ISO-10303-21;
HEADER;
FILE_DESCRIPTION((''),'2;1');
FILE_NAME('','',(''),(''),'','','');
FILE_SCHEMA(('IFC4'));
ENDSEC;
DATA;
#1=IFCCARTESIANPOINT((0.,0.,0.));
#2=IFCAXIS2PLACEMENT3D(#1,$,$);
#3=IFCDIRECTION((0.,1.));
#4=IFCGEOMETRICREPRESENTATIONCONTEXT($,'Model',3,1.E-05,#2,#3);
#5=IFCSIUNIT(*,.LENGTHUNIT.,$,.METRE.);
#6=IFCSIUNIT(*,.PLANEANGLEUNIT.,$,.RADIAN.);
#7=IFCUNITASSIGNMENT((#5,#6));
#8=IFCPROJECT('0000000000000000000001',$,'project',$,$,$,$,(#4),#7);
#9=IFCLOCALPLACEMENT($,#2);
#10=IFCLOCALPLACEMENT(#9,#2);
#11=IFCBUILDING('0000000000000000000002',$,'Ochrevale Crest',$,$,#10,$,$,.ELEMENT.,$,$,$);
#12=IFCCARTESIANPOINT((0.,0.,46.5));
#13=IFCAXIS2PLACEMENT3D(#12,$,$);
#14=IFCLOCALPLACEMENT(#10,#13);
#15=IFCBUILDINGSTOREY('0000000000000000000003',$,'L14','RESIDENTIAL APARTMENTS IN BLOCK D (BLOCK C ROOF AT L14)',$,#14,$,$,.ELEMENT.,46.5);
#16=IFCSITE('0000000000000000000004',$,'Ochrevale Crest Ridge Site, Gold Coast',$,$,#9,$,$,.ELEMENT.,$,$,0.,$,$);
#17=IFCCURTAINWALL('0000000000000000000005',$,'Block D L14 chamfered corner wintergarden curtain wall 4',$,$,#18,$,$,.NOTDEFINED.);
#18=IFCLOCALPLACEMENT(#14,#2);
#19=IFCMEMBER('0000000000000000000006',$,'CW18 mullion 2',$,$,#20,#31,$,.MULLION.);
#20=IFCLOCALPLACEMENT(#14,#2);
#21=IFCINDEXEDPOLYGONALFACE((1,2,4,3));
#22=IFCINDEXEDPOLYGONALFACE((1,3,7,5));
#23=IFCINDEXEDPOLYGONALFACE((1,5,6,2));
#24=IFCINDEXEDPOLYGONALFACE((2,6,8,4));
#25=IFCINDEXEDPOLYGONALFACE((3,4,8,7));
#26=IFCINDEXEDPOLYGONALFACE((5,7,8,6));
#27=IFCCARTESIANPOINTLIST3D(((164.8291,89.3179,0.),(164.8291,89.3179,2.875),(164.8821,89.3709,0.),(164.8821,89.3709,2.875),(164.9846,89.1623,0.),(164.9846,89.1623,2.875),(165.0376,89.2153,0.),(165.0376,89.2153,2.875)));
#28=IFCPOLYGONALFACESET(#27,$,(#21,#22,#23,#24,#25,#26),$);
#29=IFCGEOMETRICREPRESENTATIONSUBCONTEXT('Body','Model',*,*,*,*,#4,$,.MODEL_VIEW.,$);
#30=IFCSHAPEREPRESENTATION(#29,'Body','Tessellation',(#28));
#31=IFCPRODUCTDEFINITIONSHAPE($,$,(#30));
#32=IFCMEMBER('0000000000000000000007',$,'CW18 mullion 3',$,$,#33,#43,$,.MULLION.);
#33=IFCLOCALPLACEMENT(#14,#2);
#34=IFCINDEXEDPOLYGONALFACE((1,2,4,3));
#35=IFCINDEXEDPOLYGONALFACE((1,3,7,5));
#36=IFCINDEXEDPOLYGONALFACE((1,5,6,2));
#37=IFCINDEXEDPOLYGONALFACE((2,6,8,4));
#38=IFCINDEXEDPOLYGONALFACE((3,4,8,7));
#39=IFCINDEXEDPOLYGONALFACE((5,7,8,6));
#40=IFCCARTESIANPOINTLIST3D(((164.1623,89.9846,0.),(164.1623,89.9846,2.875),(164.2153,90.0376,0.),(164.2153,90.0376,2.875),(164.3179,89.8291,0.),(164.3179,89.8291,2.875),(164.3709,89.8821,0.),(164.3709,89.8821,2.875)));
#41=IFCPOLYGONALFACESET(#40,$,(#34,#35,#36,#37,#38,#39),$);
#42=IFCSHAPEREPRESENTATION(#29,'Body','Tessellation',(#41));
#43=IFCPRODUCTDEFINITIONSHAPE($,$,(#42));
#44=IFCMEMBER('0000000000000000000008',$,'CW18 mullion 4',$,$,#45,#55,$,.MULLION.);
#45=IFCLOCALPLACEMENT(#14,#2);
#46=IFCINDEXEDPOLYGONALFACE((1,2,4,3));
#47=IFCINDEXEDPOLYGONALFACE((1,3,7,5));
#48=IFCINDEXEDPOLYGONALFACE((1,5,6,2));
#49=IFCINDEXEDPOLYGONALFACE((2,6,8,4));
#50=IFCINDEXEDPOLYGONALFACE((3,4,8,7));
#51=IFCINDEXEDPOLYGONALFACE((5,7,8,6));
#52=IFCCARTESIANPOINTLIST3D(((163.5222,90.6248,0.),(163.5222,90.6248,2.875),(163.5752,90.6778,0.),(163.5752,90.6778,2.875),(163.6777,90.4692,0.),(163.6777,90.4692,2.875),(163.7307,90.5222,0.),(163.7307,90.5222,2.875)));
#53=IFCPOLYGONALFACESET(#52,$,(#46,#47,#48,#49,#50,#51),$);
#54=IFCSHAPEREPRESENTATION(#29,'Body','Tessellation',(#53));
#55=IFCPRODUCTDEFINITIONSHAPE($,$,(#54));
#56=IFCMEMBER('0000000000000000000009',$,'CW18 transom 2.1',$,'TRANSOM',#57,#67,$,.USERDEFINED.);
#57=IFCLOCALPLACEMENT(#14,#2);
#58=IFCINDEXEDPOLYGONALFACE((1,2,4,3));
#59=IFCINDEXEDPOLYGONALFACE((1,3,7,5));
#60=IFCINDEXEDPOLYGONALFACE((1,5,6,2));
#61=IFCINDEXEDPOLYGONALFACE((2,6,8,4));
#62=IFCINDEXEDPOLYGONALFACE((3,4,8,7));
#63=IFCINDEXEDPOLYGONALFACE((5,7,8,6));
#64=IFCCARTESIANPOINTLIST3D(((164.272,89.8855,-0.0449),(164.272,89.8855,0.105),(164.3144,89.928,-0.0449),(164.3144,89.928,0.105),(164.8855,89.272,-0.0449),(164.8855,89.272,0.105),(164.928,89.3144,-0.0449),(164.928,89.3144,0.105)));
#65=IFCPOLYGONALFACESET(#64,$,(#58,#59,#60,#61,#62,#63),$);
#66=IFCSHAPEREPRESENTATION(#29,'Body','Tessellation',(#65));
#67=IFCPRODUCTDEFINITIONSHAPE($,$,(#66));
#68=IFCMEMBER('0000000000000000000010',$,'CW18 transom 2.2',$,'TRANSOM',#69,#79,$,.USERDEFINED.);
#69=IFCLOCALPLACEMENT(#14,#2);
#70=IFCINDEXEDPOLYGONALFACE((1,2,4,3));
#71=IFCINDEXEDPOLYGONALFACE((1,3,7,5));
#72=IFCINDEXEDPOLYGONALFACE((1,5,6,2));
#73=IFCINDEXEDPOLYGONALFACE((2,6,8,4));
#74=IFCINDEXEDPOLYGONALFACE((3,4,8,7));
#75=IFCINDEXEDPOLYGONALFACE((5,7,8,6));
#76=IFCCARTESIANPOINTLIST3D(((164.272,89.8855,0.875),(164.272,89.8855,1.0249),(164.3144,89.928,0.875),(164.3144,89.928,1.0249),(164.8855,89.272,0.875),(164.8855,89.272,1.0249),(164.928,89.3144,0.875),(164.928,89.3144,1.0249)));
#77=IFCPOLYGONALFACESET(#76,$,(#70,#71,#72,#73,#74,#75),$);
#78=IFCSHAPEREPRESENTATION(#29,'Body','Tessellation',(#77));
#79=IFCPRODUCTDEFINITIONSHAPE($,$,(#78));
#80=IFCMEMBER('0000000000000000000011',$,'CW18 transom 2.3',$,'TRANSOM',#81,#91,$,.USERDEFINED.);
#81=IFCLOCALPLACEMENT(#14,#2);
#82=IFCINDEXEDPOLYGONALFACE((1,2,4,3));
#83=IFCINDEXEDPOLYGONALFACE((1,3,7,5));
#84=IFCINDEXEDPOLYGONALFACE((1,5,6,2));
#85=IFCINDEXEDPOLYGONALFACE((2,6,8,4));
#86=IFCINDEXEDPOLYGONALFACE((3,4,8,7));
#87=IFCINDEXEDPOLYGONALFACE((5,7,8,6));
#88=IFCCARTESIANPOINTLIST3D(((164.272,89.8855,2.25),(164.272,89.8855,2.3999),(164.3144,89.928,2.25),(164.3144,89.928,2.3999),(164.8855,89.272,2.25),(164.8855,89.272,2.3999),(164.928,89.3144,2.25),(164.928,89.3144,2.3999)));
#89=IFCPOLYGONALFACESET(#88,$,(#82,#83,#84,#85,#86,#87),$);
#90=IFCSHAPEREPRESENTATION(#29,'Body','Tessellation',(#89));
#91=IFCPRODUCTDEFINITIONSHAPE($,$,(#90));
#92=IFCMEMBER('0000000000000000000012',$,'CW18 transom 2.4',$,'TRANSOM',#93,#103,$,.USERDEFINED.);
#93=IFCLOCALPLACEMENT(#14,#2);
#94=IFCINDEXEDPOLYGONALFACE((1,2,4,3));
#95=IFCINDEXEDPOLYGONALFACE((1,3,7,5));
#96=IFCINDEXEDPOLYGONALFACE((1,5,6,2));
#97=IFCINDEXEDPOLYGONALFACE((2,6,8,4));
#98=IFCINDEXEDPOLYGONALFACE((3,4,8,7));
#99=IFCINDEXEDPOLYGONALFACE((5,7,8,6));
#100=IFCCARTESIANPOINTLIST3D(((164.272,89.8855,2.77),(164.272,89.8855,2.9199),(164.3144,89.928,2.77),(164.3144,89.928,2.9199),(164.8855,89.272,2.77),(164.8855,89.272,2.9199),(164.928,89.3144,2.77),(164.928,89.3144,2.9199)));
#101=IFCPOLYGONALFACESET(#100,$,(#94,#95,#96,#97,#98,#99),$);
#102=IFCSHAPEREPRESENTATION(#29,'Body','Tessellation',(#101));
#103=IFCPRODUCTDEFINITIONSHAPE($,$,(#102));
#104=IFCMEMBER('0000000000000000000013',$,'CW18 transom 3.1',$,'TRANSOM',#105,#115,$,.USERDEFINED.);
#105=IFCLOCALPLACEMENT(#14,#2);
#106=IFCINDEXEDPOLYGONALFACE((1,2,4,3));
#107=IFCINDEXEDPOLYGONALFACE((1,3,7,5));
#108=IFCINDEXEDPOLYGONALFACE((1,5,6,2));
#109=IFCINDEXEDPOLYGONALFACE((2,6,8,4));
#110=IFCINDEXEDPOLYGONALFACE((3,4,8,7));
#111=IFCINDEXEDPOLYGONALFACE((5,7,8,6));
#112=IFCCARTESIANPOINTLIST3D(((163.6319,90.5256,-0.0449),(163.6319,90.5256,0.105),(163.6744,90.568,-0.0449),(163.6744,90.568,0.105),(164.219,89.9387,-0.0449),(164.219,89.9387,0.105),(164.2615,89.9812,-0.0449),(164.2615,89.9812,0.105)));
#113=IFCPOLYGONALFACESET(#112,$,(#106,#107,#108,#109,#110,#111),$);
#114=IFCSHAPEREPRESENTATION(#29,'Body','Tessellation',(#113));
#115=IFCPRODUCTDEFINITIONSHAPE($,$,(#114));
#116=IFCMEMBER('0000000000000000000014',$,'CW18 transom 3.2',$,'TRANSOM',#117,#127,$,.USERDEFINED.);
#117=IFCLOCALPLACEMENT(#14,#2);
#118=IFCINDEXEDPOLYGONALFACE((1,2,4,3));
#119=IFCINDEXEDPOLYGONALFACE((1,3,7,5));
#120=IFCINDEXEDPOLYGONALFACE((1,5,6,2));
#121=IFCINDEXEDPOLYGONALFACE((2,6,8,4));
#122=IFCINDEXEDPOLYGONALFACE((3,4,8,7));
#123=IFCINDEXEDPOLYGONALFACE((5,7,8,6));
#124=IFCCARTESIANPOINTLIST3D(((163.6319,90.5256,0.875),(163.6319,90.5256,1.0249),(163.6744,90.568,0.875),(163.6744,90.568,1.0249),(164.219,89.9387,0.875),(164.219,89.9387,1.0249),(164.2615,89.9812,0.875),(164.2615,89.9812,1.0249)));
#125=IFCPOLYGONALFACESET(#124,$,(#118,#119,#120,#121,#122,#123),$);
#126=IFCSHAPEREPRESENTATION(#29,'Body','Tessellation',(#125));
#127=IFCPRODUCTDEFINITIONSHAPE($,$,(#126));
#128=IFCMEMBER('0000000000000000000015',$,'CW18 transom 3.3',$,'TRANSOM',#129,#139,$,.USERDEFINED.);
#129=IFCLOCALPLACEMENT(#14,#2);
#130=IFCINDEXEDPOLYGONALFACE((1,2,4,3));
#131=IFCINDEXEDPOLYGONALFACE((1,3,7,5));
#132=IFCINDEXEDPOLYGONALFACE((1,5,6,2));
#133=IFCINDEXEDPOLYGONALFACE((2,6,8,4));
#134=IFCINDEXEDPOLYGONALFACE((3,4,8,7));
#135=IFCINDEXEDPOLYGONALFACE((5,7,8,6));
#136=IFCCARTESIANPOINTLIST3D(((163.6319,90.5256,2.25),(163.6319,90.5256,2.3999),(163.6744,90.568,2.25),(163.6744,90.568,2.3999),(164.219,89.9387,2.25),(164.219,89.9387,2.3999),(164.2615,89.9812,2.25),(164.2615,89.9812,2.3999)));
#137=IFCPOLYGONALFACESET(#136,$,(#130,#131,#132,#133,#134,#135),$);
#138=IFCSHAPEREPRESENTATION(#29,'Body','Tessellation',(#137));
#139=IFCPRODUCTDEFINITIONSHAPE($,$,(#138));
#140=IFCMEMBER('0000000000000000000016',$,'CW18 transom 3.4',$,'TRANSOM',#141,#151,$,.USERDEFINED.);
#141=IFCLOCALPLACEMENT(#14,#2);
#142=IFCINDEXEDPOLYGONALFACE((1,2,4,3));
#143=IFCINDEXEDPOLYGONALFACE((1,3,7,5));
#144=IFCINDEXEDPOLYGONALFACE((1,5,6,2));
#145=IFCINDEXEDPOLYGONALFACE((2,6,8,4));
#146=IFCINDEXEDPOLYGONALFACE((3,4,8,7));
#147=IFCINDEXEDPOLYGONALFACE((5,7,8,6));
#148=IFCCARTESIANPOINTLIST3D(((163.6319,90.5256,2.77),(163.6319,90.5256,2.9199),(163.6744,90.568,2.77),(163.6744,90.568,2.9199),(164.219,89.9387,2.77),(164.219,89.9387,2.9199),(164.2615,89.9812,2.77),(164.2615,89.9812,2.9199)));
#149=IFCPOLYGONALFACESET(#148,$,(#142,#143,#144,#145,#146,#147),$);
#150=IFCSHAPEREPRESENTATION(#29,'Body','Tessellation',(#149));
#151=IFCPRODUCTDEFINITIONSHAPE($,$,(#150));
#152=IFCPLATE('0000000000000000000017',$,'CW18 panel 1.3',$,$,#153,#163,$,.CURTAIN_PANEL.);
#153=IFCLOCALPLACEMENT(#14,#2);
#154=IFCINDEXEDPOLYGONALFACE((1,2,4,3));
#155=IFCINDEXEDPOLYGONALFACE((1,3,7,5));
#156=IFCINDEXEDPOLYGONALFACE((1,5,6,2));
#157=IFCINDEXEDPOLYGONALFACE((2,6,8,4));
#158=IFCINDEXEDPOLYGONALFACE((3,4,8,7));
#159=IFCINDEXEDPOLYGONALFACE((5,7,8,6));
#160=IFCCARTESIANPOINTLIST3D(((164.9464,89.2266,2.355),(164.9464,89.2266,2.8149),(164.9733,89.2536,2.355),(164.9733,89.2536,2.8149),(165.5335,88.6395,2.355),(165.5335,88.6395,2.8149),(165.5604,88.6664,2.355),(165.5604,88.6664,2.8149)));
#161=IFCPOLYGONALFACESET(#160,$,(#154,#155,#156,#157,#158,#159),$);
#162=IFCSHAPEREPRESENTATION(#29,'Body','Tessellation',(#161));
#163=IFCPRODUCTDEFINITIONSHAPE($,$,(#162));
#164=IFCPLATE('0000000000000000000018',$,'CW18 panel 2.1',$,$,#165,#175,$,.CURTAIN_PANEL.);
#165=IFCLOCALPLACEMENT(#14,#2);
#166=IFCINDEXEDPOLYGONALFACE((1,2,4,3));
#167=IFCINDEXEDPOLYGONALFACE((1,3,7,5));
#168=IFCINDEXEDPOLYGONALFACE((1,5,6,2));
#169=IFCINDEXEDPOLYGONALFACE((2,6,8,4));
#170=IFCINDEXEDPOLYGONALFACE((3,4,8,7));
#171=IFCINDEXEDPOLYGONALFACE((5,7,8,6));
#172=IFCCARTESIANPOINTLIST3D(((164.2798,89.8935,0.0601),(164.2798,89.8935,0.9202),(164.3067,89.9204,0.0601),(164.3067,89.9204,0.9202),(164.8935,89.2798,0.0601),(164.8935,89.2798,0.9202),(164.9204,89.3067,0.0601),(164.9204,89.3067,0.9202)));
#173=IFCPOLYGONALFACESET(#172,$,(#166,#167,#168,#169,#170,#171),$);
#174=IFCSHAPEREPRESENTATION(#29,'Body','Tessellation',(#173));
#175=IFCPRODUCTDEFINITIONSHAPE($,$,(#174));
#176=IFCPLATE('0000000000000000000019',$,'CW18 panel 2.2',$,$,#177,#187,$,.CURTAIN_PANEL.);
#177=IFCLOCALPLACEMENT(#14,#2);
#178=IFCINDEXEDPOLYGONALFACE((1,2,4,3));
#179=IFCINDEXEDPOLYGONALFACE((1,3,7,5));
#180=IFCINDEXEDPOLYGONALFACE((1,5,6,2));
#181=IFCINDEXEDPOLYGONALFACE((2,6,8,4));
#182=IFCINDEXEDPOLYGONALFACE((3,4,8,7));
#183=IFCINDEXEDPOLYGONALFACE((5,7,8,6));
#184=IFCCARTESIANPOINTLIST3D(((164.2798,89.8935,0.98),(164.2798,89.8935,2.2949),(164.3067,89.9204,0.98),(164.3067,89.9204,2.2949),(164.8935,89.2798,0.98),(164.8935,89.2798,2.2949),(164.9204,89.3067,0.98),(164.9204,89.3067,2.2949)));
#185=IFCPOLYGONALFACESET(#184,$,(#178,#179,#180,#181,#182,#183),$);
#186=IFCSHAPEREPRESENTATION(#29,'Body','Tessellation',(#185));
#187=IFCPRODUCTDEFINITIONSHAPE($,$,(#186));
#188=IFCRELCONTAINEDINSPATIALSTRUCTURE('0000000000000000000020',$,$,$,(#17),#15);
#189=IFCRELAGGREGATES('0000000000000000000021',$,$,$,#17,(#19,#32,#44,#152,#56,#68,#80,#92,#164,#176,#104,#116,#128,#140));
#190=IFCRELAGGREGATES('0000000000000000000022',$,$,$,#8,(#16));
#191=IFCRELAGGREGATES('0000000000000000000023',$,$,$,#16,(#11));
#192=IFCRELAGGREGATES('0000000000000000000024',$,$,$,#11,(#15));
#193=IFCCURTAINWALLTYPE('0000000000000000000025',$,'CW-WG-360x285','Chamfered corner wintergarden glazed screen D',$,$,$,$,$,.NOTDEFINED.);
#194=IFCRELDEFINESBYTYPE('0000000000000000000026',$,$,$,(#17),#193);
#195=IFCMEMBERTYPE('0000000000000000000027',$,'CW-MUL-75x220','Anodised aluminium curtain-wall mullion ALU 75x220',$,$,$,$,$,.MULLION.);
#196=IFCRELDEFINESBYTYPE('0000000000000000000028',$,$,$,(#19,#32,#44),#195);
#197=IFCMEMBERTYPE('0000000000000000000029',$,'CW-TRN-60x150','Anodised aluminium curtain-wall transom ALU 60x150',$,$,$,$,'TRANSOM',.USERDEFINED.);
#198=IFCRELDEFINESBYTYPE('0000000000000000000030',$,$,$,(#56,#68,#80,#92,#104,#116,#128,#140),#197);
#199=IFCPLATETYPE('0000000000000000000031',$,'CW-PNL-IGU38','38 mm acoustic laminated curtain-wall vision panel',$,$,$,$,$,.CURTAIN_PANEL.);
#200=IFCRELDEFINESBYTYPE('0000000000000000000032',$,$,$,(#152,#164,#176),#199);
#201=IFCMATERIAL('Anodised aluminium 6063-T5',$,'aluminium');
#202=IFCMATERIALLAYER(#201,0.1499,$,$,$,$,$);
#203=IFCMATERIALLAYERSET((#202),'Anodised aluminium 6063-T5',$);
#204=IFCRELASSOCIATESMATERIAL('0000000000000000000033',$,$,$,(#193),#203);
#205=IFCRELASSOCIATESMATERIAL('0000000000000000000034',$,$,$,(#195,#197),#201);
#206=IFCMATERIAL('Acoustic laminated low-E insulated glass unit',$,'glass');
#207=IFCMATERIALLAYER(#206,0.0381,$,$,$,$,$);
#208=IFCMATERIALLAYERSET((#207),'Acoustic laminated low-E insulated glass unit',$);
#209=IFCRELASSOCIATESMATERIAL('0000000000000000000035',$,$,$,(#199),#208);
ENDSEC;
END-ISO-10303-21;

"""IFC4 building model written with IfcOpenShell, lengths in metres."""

from ifc_helpers import new_model, si_unit, direction, frame, origin, origin_2d, place, context, subcontext, project, spatial, rectangle, extrude, material, layer, layer_set, material_profile, profile_set, type_object, element, aggregate, save


model = new_model("IFC4")

# Units and contexts
model_context = context("Model", 3, precision=1e-05, world=origin(), true_north=direction((0.0, 1.0)))
body_context = subcontext(model_context, "Body", "Model", "MODEL_VIEW")
ifc_project = project(units=[si_unit("LENGTHUNIT", "METRE"), si_unit("PLANEANGLEUNIT", "RADIAN")], contexts=[model_context])

# Site, building, storey
site_placement = place(None, origin())
site = spatial("IfcSite", under=ifc_project, at=site_placement, Name="Ochrevale Crest Ridge Site, Gold Coast", CompositionType="ELEMENT", RefElevation=0.0)
building_placement = place(site_placement, origin())
building = spatial("IfcBuilding", under=site, at=building_placement, Name="Ochrevale Crest", CompositionType="ELEMENT")
storey_placement = place(building_placement, frame((0.0, 0.0, 46.5)))
storey = spatial("IfcBuildingStorey", under=building, at=storey_placement, Name="L14", Description="RESIDENTIAL APARTMENTS IN BLOCK D (BLOCK C ROOF AT L14)", CompositionType="ELEMENT", Elevation=46.5)

# Curtain wall, members, plates
ifc_material_1 = material(Name="Anodised aluminium 6063-T5", Category="aluminium")
ifc_layer_1 = layer(ifc_material_1, 0.1499)
ifc_layer_set_1 = layer_set([ifc_layer_1], Name="Anodised aluminium 6063-T5")
curtain_wall_type = type_object("IfcCurtainWallType", Name="CW-WG-360x285", Description="Chamfered corner wintergarden glazed screen D", PredefinedType="NOTDEFINED", material=ifc_layer_set_1)
curtain_wall_placement = place(storey_placement, origin())
curtain_wall = element("IfcCurtainWall", 1, at=curtain_wall_placement, inside=storey, type_object=curtain_wall_type, Name="Block D L14 chamfered corner wintergarden curtain wall 4", PredefinedType="NOTDEFINED")
ifc_material_profile_1 = material_profile(ifc_material_1, rectangle(XDim=0.075, YDim=0.22, at=origin_2d()), Name="ALU 75x220")
ifc_profile_set_1 = profile_set([ifc_material_profile_1], Name="Anodised aluminium 6063-T5")
member_type_1 = type_object("IfcMemberType", Name="CW-MUL-75x220", Description="Anodised aluminium curtain-wall mullion ALU 75x220", PredefinedType="MULLION", material=ifc_profile_set_1)
member_1_placement = place(storey_placement, frame((164.9333, 89.2666, 0.0), z_axis=(0.0, 0.0, 1.0), x_axis=(-0.707107, -0.707107, 0.0)))
member_1 = element("IfcMember", 2, at=member_1_placement, type_object=member_type_1, Name="CW18 mullion 2", PredefinedType="MULLION", context=body_context, shape_type="SweptSolid", body=[
    extrude(rectangle(XDim=0.075, YDim=0.22, at=origin_2d()), origin(), (0.0, 0.0, 1.0), 2.875),
])
member_2_placement = place(storey_placement, frame((164.2666, 89.9333, 0.0), z_axis=(0.0, 0.0, 1.0), x_axis=(-0.707107, -0.707107, 0.0)))
member_2 = element("IfcMember", 3, at=member_2_placement, type_object=member_type_1, Name="CW18 mullion 3", PredefinedType="MULLION", context=body_context, shape_type="SweptSolid", body=[
    extrude(rectangle(XDim=0.075, YDim=0.22, at=origin_2d()), origin(), (0.0, 0.0, 1.0), 2.875),
])
member_3_placement = place(storey_placement, frame((163.6265, 90.5735, 0.0), z_axis=(0.0, 0.0, 1.0), x_axis=(-0.707107, -0.707107, 0.0)))
member_3 = element("IfcMember", 4, at=member_3_placement, type_object=member_type_1, Name="CW18 mullion 4", PredefinedType="MULLION", context=body_context, shape_type="SweptSolid", body=[
    extrude(rectangle(XDim=0.075, YDim=0.22, at=origin_2d()), origin(), (0.0, 0.0, 1.0), 2.875),
])
ifc_material_profile_2 = material_profile(ifc_material_1, rectangle(XDim=0.0601, YDim=0.1499, at=origin_2d()), Name="ALU 60x150")
ifc_profile_set_2 = profile_set([ifc_material_profile_2], Name="Anodised aluminium 6063-T5")
member_type_2 = type_object("IfcMemberType", Name="CW-TRN-60x150", Description="Anodised aluminium curtain-wall transom ALU 60x150", ElementType="TRANSOM", PredefinedType="USERDEFINED", material=ifc_profile_set_2)
member_4_placement = place(storey_placement, frame((164.9067, 89.2932, 0.03), z_axis=(-0.707107, 0.707107, 0.0), x_axis=(-0.707107, -0.707107, 0.0)))
member_4 = element("IfcMember", 5, at=member_4_placement, type_object=member_type_2, Name="CW18 transom 2.1", ObjectType="TRANSOM", PredefinedType="USERDEFINED", context=body_context, shape_type="SweptSolid", body=[
    extrude(rectangle(XDim=0.0601, YDim=0.1499, at=origin_2d()), origin(), (0.0, 0.0, 1.0), 0.8677),
])
member_5_placement = place(storey_placement, frame((164.9067, 89.2932, 0.95), z_axis=(-0.707107, 0.707107, 0.0), x_axis=(-0.707107, -0.707107, 0.0)))
member_5 = element("IfcMember", 6, at=member_5_placement, type_object=member_type_2, Name="CW18 transom 2.2", ObjectType="TRANSOM", PredefinedType="USERDEFINED", context=body_context, shape_type="SweptSolid", body=[
    extrude(rectangle(XDim=0.0601, YDim=0.1499, at=origin_2d()), origin(), (0.0, 0.0, 1.0), 0.8677),
])
member_6_placement = place(storey_placement, frame((164.9067, 89.2932, 2.325), z_axis=(-0.707107, 0.707107, 0.0), x_axis=(-0.707107, -0.707107, 0.0)))
member_6 = element("IfcMember", 7, at=member_6_placement, type_object=member_type_2, Name="CW18 transom 2.3", ObjectType="TRANSOM", PredefinedType="USERDEFINED", context=body_context, shape_type="SweptSolid", body=[
    extrude(rectangle(XDim=0.0601, YDim=0.1499, at=origin_2d()), origin(), (0.0, 0.0, 1.0), 0.8677),
])
member_7_placement = place(storey_placement, frame((164.9067, 89.2932, 2.845), z_axis=(-0.707107, 0.707107, 0.0), x_axis=(-0.707107, -0.707107, 0.0)))
member_7 = element("IfcMember", 8, at=member_7_placement, type_object=member_type_2, Name="CW18 transom 2.4", ObjectType="TRANSOM", PredefinedType="USERDEFINED", context=body_context, shape_type="SweptSolid", body=[
    extrude(rectangle(XDim=0.0601, YDim=0.1499, at=origin_2d()), origin(), (0.0, 0.0, 1.0), 0.8677),
])
member_8_placement = place(storey_placement, frame((164.2402, 89.96, 0.03), z_axis=(-0.707254, 0.70696, 0.0), x_axis=(-0.70696, -0.707254, 0.0)))
member_8 = element("IfcMember", 9, at=member_8_placement, type_object=member_type_2, Name="CW18 transom 3.1", ObjectType="TRANSOM", PredefinedType="USERDEFINED", context=body_context, shape_type="SweptSolid", body=[
    extrude(rectangle(XDim=0.0601, YDim=0.1499, at=origin_2d()), origin(), (0.0, 0.0, 1.0), 0.8301),
])
member_9_placement = place(storey_placement, frame((164.2402, 89.96, 0.95), z_axis=(-0.707254, 0.70696, 0.0), x_axis=(-0.70696, -0.707254, 0.0)))
member_9 = element("IfcMember", 10, at=member_9_placement, type_object=member_type_2, Name="CW18 transom 3.2", ObjectType="TRANSOM", PredefinedType="USERDEFINED", context=body_context, shape_type="SweptSolid", body=[
    extrude(rectangle(XDim=0.0601, YDim=0.1499, at=origin_2d()), origin(), (0.0, 0.0, 1.0), 0.8301),
])
member_10_placement = place(storey_placement, frame((164.2402, 89.96, 2.325), z_axis=(-0.707254, 0.70696, 0.0), x_axis=(-0.70696, -0.707254, 0.0)))
member_10 = element("IfcMember", 11, at=member_10_placement, type_object=member_type_2, Name="CW18 transom 3.3", ObjectType="TRANSOM", PredefinedType="USERDEFINED", context=body_context, shape_type="SweptSolid", body=[
    extrude(rectangle(XDim=0.0601, YDim=0.1499, at=origin_2d()), origin(), (0.0, 0.0, 1.0), 0.8301),
])
member_11_placement = place(storey_placement, frame((164.2402, 89.96, 2.845), z_axis=(-0.707254, 0.70696, 0.0), x_axis=(-0.70696, -0.707254, 0.0)))
member_11 = element("IfcMember", 12, at=member_11_placement, type_object=member_type_2, Name="CW18 transom 3.4", ObjectType="TRANSOM", PredefinedType="USERDEFINED", context=body_context, shape_type="SweptSolid", body=[
    extrude(rectangle(XDim=0.0601, YDim=0.1499, at=origin_2d()), origin(), (0.0, 0.0, 1.0), 0.8301),
])
ifc_material_2 = material(Name="Acoustic laminated low-E insulated glass unit", Category="glass")
ifc_layer_2 = layer(ifc_material_2, 0.0381)
ifc_layer_set_2 = layer_set([ifc_layer_2], Name="Acoustic laminated low-E insulated glass unit")
plate_type = type_object("IfcPlateType", Name="CW-PNL-IGU38", Description="38 mm acoustic laminated curtain-wall vision panel", PredefinedType="CURTAIN_PANEL", material=ifc_layer_set_2)
plate_1_placement = place(storey_placement, frame((165.2534, 88.9465, 2.355), z_axis=(0.0, 0.0, 1.0), x_axis=(-0.707107, 0.707107, 0.0)))
plate_1 = element("IfcPlate", 13, at=plate_1_placement, type_object=plate_type, Name="CW18 panel 1.3", PredefinedType="CURTAIN_PANEL", context=body_context, shape_type="SweptSolid", body=[
    extrude(rectangle(XDim=0.8303, YDim=0.0381, at=origin_2d()), origin(), (0.0, 0.0, 1.0), 0.46),
])
plate_2_placement = place(storey_placement, frame((164.6001, 89.6001, 0.0601), z_axis=(0.0, 0.0, 1.0), x_axis=(-0.707107, 0.707107, 0.0)))
plate_2 = element("IfcPlate", 14, at=plate_2_placement, type_object=plate_type, Name="CW18 panel 2.1", PredefinedType="CURTAIN_PANEL", context=body_context, shape_type="SweptSolid", body=[
    extrude(rectangle(XDim=0.8679, YDim=0.0381, at=origin_2d()), origin(), (0.0, 0.0, 1.0), 0.8601),
])
plate_3_placement = place(storey_placement, frame((164.6001, 89.6001, 0.98), z_axis=(0.0, 0.0, 1.0), x_axis=(-0.707107, 0.707107, 0.0)))
plate_3 = element("IfcPlate", 15, at=plate_3_placement, type_object=plate_type, Name="CW18 panel 2.2", PredefinedType="CURTAIN_PANEL", context=body_context, shape_type="SweptSolid", body=[
    extrude(rectangle(XDim=0.8679, YDim=0.0381, at=origin_2d()), origin(), (0.0, 0.0, 1.0), 1.3149),
])
aggregate(curtain_wall, [member_1, member_2, member_3, plate_1, member_4, member_5, member_6, member_7, plate_2, plate_3, member_8, member_9, member_10, member_11])

save(model, "model.ifc")
